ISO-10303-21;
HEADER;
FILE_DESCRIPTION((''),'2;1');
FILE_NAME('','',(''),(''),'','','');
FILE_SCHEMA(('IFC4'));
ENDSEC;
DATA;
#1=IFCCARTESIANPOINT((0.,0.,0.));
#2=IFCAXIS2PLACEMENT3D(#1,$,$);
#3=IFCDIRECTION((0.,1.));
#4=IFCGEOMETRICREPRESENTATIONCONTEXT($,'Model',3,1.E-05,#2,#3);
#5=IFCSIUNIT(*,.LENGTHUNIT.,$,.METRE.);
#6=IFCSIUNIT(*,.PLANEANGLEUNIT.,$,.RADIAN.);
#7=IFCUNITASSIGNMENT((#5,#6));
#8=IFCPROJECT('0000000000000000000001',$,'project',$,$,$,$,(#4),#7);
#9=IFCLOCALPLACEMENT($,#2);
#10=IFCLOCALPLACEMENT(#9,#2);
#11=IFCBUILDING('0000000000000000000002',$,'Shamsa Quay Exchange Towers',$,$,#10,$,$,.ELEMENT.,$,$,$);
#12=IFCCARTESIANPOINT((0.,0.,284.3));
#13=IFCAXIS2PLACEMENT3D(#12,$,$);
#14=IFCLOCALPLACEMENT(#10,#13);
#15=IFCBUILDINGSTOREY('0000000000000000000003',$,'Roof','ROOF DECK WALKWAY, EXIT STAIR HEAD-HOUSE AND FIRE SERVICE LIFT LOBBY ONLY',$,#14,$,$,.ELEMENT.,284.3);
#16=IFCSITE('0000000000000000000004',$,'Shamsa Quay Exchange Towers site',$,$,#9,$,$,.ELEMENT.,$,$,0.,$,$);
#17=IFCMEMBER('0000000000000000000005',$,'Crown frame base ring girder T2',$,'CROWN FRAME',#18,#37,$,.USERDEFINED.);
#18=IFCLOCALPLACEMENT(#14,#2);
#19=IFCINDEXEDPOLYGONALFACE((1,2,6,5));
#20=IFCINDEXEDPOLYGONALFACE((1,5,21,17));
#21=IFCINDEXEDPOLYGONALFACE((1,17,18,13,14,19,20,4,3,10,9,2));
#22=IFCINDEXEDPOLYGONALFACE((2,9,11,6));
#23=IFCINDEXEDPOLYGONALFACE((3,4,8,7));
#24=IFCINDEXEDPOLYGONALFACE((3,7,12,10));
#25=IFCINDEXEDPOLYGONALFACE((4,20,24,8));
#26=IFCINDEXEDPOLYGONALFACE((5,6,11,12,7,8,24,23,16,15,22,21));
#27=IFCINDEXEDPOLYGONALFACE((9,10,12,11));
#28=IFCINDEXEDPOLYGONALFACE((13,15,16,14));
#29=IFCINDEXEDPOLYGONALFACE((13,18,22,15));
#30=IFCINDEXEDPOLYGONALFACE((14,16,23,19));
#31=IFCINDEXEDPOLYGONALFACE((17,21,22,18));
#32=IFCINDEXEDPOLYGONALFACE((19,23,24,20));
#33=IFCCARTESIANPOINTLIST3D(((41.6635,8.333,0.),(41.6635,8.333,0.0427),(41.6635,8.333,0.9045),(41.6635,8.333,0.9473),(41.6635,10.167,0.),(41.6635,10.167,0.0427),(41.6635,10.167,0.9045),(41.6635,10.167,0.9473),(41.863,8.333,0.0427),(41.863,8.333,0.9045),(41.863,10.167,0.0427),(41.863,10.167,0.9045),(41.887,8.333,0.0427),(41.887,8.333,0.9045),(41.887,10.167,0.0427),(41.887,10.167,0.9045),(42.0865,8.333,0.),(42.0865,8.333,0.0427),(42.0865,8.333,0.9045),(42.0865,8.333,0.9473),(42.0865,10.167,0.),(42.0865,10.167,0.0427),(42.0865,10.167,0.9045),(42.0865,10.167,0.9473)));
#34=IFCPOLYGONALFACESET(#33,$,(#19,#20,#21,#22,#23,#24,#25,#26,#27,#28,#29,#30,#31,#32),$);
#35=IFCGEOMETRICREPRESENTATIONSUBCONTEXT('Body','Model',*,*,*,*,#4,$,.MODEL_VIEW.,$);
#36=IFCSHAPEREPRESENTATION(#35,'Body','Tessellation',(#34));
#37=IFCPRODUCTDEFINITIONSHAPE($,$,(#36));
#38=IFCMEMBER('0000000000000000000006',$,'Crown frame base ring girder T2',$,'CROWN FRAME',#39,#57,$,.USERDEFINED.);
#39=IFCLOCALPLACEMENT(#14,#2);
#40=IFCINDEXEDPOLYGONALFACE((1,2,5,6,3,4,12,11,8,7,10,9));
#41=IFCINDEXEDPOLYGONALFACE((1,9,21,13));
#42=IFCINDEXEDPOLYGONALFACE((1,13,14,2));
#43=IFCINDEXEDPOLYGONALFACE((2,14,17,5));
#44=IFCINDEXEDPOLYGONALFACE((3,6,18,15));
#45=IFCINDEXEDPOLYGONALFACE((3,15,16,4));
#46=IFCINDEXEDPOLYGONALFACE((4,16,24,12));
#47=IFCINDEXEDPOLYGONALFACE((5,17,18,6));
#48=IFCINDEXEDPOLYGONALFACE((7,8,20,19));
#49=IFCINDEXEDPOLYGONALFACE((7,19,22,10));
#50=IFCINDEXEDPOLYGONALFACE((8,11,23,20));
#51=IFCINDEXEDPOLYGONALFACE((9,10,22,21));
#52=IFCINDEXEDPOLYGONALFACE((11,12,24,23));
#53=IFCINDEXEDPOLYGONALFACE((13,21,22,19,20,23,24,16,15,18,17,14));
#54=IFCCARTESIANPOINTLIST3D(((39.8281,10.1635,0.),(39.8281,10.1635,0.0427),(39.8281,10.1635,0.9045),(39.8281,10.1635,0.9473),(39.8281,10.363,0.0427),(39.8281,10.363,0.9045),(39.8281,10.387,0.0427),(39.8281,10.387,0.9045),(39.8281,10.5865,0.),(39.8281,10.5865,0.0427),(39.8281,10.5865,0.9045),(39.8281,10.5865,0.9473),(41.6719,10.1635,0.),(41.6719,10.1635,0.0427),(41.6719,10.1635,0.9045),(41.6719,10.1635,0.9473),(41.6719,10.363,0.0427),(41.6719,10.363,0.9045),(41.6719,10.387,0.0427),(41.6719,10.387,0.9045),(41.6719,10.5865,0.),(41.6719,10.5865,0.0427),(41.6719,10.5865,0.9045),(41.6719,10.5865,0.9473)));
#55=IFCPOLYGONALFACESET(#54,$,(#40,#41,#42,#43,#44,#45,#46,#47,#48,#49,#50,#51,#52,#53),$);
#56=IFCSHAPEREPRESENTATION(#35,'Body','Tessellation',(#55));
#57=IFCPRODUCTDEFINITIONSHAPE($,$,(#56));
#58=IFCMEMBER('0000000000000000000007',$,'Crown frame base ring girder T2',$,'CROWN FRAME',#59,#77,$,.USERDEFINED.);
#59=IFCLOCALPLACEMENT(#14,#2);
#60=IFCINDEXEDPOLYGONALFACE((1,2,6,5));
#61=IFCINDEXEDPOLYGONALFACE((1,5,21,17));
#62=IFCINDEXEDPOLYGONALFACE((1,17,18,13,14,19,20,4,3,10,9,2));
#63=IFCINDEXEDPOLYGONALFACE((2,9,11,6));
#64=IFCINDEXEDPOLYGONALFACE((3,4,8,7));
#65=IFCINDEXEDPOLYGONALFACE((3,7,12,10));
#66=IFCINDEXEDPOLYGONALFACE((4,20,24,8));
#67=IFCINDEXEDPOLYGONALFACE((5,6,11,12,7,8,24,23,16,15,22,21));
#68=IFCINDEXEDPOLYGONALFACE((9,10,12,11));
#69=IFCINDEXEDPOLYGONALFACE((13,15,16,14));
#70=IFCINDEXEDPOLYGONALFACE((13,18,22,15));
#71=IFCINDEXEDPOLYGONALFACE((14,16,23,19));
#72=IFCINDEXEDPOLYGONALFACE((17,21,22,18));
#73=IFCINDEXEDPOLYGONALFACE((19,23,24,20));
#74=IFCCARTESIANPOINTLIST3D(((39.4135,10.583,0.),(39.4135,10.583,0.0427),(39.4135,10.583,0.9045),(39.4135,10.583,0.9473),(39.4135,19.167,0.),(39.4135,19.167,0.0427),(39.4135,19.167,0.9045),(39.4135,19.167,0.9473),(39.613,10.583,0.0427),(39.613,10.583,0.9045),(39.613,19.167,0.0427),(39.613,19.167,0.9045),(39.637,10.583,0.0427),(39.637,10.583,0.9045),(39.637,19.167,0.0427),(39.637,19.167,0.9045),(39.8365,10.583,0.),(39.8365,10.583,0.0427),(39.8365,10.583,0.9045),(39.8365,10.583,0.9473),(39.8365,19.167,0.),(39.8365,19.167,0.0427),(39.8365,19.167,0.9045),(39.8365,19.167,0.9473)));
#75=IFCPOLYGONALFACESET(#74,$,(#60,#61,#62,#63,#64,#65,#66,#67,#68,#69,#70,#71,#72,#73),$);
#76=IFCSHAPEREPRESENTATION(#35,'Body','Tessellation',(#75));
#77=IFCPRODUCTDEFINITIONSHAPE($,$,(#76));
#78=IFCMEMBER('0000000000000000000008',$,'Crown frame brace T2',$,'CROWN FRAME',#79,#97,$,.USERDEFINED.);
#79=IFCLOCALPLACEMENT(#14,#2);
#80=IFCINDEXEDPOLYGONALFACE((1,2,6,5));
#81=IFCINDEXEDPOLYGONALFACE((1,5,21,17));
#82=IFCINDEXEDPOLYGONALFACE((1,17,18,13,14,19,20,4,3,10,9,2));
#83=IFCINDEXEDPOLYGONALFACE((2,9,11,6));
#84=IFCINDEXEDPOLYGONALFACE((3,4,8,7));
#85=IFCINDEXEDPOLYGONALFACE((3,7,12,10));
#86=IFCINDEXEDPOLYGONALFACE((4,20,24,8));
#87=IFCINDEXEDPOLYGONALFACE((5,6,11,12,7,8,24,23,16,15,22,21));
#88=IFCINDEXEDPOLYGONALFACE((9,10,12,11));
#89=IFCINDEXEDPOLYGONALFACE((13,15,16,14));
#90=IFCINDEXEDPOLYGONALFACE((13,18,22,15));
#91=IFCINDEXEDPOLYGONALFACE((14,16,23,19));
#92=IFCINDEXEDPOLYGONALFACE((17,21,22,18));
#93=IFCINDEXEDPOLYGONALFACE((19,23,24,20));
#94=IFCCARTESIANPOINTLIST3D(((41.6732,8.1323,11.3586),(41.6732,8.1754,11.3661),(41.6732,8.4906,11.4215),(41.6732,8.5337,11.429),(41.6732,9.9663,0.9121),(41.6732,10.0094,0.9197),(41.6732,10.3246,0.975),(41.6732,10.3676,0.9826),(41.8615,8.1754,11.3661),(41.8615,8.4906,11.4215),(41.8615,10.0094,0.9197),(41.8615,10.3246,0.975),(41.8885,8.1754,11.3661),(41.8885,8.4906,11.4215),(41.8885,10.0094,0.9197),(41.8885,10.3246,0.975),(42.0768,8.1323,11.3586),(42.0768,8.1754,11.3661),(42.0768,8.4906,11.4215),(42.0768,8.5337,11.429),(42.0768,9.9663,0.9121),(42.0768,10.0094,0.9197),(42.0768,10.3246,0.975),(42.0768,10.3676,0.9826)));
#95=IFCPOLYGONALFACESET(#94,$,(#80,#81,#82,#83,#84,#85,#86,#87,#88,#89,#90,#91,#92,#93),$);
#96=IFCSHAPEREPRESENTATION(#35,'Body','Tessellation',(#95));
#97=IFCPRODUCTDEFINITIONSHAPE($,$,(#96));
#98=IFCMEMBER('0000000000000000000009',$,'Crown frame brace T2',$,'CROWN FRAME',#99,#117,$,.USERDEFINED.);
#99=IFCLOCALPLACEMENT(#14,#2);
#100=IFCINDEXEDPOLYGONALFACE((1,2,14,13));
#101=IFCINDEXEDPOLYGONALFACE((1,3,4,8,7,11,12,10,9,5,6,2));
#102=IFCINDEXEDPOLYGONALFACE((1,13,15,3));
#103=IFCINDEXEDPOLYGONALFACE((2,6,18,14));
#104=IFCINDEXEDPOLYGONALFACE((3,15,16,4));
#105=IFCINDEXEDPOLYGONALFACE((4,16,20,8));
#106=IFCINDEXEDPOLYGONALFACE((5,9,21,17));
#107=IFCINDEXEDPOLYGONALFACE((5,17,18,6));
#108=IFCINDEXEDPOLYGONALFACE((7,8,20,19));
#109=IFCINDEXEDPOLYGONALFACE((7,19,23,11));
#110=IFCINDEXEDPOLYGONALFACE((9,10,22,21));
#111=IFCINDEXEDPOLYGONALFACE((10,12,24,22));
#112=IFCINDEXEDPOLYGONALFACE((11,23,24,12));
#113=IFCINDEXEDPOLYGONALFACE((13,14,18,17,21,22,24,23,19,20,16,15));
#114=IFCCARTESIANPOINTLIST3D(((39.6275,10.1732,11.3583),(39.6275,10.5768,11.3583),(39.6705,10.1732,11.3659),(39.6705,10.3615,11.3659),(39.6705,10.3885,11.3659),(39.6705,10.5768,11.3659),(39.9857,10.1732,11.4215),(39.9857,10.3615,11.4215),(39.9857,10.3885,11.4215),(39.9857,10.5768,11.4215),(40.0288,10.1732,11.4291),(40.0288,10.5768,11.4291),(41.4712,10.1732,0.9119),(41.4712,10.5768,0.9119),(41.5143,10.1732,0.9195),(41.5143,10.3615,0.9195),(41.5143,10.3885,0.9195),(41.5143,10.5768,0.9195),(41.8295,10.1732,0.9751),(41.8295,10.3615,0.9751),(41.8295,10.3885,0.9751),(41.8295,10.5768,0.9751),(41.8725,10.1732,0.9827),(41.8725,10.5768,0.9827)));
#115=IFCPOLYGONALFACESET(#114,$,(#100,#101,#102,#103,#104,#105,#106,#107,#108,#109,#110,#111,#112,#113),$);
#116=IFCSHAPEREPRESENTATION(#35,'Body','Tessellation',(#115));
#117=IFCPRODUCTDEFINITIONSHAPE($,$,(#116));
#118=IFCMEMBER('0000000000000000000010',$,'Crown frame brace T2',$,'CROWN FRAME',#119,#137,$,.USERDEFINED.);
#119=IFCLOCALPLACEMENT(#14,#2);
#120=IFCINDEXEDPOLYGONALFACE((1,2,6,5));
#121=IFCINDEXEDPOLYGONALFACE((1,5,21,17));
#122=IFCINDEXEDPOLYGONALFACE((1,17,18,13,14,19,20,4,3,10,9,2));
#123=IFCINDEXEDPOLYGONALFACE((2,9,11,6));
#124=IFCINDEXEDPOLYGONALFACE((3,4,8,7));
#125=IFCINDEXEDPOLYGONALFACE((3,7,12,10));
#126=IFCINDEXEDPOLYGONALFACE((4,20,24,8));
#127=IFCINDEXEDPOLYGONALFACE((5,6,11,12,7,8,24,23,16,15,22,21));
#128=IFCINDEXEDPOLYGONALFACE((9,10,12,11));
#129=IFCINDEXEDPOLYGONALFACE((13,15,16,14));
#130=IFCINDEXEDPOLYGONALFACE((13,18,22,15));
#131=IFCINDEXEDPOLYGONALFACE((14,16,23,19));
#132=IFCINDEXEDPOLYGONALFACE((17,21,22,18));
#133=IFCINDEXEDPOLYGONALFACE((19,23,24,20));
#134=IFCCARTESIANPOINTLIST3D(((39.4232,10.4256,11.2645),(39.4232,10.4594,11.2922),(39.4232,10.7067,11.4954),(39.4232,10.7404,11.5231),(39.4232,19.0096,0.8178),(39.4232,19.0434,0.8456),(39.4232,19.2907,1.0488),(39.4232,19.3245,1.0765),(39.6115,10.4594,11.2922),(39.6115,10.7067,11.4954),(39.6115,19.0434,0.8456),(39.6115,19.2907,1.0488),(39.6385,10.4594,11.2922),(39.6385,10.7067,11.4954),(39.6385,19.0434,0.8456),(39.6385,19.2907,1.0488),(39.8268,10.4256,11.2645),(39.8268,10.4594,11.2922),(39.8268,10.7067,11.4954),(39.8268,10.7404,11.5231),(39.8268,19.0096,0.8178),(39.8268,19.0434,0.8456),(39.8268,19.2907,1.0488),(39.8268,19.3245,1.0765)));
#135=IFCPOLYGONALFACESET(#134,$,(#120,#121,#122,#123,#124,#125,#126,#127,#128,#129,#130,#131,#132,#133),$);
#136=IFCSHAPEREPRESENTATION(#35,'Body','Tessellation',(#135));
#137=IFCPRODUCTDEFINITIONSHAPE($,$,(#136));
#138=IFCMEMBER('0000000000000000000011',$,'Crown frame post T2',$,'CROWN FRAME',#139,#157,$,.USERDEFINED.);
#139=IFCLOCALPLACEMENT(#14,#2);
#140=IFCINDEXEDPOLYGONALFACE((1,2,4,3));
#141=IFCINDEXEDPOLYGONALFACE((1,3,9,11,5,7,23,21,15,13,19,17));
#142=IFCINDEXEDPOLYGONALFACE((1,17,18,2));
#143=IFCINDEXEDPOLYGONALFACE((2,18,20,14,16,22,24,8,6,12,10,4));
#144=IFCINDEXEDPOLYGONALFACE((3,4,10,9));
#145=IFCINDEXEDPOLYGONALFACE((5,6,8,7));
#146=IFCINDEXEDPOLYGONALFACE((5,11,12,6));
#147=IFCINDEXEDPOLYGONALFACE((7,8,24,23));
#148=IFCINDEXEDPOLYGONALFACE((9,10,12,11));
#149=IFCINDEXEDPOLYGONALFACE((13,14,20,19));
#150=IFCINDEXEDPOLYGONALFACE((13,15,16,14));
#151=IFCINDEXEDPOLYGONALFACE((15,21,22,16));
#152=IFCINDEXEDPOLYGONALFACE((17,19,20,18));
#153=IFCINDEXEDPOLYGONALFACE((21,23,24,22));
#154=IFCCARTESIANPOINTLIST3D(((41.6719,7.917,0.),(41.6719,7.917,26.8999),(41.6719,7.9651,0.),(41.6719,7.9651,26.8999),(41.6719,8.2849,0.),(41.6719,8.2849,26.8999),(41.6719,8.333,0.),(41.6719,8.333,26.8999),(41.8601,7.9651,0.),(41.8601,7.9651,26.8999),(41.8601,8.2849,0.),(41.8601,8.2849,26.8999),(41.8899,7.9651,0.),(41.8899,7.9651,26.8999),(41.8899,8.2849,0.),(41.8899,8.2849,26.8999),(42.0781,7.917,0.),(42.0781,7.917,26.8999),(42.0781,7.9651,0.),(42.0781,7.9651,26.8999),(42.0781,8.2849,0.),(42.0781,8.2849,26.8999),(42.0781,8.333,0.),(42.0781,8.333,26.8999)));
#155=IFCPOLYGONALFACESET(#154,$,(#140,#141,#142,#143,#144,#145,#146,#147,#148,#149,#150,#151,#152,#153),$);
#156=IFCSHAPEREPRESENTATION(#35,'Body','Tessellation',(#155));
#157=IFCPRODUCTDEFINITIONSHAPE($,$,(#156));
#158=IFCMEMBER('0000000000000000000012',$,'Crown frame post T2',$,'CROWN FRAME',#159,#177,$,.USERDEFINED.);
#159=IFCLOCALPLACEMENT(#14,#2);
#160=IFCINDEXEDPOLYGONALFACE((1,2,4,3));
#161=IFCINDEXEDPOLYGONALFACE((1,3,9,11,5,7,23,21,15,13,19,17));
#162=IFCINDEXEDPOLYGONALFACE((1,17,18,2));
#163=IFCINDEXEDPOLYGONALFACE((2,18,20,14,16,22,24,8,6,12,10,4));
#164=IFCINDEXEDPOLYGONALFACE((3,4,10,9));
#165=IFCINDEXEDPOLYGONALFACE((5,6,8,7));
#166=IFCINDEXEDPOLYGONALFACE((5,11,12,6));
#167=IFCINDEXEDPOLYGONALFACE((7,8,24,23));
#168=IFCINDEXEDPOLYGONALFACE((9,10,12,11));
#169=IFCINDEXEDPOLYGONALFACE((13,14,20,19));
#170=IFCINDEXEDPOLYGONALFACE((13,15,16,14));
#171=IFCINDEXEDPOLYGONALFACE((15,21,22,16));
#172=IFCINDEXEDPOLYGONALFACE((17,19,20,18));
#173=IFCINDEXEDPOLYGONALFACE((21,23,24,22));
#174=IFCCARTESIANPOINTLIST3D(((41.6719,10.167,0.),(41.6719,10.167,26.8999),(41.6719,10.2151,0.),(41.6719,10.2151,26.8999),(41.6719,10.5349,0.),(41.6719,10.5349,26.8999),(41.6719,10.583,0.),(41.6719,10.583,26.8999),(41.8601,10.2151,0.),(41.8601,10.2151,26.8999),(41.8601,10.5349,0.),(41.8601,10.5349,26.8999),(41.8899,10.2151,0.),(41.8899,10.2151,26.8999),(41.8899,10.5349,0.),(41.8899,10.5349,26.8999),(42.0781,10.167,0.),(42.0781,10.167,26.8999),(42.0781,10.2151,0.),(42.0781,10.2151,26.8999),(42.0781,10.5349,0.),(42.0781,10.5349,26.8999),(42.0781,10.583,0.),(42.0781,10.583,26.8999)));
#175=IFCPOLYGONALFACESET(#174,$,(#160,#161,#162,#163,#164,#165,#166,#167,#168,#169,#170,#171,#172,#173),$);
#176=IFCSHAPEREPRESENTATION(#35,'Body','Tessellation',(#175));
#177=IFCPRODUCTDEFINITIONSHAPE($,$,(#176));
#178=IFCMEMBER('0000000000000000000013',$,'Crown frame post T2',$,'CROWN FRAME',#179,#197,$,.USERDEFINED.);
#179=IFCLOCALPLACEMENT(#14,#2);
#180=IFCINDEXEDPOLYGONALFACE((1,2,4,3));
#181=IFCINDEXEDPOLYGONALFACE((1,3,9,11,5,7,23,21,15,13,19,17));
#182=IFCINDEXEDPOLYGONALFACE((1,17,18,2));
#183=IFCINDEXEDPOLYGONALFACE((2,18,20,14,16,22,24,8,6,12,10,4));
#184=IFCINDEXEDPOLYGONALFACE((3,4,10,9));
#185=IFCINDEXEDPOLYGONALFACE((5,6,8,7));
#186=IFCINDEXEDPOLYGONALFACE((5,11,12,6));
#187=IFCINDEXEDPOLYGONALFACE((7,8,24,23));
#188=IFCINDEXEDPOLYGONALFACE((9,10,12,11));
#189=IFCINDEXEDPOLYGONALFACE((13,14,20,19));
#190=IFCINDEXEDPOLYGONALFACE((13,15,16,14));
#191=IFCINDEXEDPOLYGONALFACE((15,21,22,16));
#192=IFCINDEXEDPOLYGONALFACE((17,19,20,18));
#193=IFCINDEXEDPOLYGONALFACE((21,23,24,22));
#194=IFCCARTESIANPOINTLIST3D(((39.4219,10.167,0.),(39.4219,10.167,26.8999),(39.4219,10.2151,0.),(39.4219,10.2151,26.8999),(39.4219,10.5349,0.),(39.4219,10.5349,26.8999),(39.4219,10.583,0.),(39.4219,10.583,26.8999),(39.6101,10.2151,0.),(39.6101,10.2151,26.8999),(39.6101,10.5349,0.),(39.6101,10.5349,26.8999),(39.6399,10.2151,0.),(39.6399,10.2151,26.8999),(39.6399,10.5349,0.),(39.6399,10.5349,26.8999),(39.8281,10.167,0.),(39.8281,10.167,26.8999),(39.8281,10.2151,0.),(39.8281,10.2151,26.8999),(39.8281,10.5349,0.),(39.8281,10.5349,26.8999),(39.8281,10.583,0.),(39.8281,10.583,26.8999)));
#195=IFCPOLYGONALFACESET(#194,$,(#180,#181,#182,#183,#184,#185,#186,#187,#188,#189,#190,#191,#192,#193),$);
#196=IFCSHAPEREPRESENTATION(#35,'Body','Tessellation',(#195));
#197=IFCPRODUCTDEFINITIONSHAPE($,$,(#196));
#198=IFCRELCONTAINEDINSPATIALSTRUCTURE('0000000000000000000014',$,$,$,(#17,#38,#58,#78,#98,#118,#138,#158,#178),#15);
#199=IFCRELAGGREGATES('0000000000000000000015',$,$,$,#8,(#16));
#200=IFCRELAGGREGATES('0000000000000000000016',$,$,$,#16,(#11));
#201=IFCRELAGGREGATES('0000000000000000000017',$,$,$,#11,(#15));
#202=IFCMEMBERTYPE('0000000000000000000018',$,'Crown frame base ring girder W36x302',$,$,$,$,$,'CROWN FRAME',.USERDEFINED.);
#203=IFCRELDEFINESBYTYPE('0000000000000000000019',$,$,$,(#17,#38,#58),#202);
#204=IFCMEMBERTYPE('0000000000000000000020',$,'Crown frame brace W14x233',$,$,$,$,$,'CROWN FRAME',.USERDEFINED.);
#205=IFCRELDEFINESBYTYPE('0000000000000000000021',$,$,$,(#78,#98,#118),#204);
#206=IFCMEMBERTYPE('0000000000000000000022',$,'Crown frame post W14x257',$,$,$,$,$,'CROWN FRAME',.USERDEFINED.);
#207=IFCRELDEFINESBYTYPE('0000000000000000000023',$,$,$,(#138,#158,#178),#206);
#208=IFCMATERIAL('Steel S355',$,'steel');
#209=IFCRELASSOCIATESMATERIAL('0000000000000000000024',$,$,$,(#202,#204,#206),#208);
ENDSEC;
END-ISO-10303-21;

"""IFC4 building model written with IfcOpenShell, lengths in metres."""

from ifc_helpers import new_model, si_unit, direction, frame, origin, origin_2d, place, context, subcontext, project, spatial, i_section, extrude, material, material_profile, profile_set, type_object, element, save


model = new_model("IFC4")

# Units and contexts
model_context = context("Model", 3, precision=1e-05, world=origin(), true_north=direction((0.0, 1.0)))
body_context = subcontext(model_context, "Body", "Model", "MODEL_VIEW")
ifc_project = project(units=[si_unit("LENGTHUNIT", "METRE"), si_unit("PLANEANGLEUNIT", "RADIAN")], contexts=[model_context])

# Site, building, storey
site_placement = place(None, origin())
site = spatial("IfcSite", under=ifc_project, at=site_placement, Name="Shamsa Quay Exchange Towers site", CompositionType="ELEMENT", RefElevation=0.0)
building_placement = place(site_placement, origin())
building = spatial("IfcBuilding", under=site, at=building_placement, Name="Shamsa Quay Exchange Towers", CompositionType="ELEMENT")
storey_placement = place(building_placement, frame((0.0, 0.0, 284.3)))
storey = spatial("IfcBuildingStorey", under=building, at=storey_placement, Name="Roof", Description="ROOF DECK WALKWAY, EXIT STAIR HEAD-HOUSE AND FIRE SERVICE LIFT LOBBY ONLY", CompositionType="ELEMENT", Elevation=284.3)

# Members
ifc_material_1 = material(Name="Steel S355", Category="steel")
ifc_material_profile_1 = material_profile(ifc_material_1, i_section(OverallWidth=0.4231, OverallDepth=0.9473, WebThickness=0.0239, FlangeThickness=0.0427, at=origin_2d()), Name="W36x302")
ifc_profile_set_1 = profile_set([ifc_material_profile_1], Name="Steel S355")
member_type_1 = type_object("IfcMemberType", Name="Crown frame base ring girder W36x302", ElementType="CROWN FRAME", PredefinedType="USERDEFINED", material=ifc_profile_set_1)
member_1_placement = place(storey_placement, frame((41.875, 8.333, 0.4736), z_axis=(0.0, 1.0, 0.0), x_axis=(-1.0, 0.0, 0.0)))
element("IfcMember", 1, at=member_1_placement, inside=storey, type_object=member_type_1, Name="Crown frame base ring girder T2", ObjectType="CROWN FRAME", PredefinedType="USERDEFINED", context=body_context, shape_type="SweptSolid", body=[
    extrude(i_section(OverallWidth=0.4231, OverallDepth=0.9473, WebThickness=0.0239, FlangeThickness=0.0427, at=origin_2d()), origin(), (0.0, 0.0, 1.0), 1.834),
])
member_2_placement = place(storey_placement, frame((41.6719, 10.375, 0.4736), z_axis=(-1.0, 0.0, 0.0), x_axis=(0.0, -1.0, 0.0)))
element("IfcMember", 2, at=member_2_placement, inside=storey, type_object=member_type_1, Name="Crown frame base ring girder T2", ObjectType="CROWN FRAME", PredefinedType="USERDEFINED", context=body_context, shape_type="SweptSolid", body=[
    extrude(i_section(OverallWidth=0.4231, OverallDepth=0.9473, WebThickness=0.0239, FlangeThickness=0.0427, at=origin_2d()), origin(), (0.0, 0.0, 1.0), 1.8438),
])
member_3_placement = place(storey_placement, frame((39.625, 10.583, 0.4736), z_axis=(0.0, 1.0, 0.0), x_axis=(-1.0, 0.0, 0.0)))
element("IfcMember", 3, at=member_3_placement, inside=storey, type_object=member_type_1, Name="Crown frame base ring girder T2", ObjectType="CROWN FRAME", PredefinedType="USERDEFINED", context=body_context, shape_type="SweptSolid", body=[
    extrude(i_section(OverallWidth=0.4231, OverallDepth=0.9473, WebThickness=0.0239, FlangeThickness=0.0427, at=origin_2d()), origin(), (0.0, 0.0, 1.0), 8.584),
])
ifc_material_profile_2 = material_profile(ifc_material_1, i_section(OverallWidth=0.4036, OverallDepth=0.4075, WebThickness=0.0271, FlangeThickness=0.0437, at=origin_2d()), Name="W14x233")
ifc_profile_set_2 = profile_set([ifc_material_profile_2], Name="Steel S355")
member_type_2 = type_object("IfcMemberType", Name="Crown frame brace W14x233", ElementType="CROWN FRAME", PredefinedType="USERDEFINED", material=ifc_profile_set_2)
member_4_placement = place(storey_placement, frame((41.875, 8.333, 11.3938), z_axis=(0.0, 0.172915, -0.984937), x_axis=(-1.0, 0.0, 0.0)))
element("IfcMember", 4, at=member_4_placement, inside=storey, type_object=member_type_2, Name="Crown frame brace T2", ObjectType="CROWN FRAME", PredefinedType="USERDEFINED", context=body_context, shape_type="SweptSolid", body=[
    extrude(i_section(OverallWidth=0.4036, OverallDepth=0.4075, WebThickness=0.0271, FlangeThickness=0.0437, at=origin_2d()), origin(), (0.0, 0.0, 1.0), 10.6062),
])
member_5_placement = place(storey_placement, frame((41.6719, 10.375, 0.9473), z_axis=(-0.173808, 0.0, 0.98478), x_axis=(0.0, -1.0, 0.0)))
element("IfcMember", 5, at=member_5_placement, inside=storey, type_object=member_type_2, Name="Crown frame brace T2", ObjectType="CROWN FRAME", PredefinedType="USERDEFINED", context=body_context, shape_type="SweptSolid", body=[
    extrude(i_section(OverallWidth=0.4036, OverallDepth=0.4075, WebThickness=0.0271, FlangeThickness=0.0437, at=origin_2d()), origin(), (0.0, 0.0, 1.0), 10.6079),
])
member_6_placement = place(storey_placement, frame((39.625, 10.583, 11.3938), z_axis=(0.0, 0.634868, -0.772621), x_axis=(-1.0, 0.0, 0.0)))
element("IfcMember", 6, at=member_6_placement, inside=storey, type_object=member_type_2, Name="Crown frame brace T2", ObjectType="CROWN FRAME", PredefinedType="USERDEFINED", context=body_context, shape_type="SweptSolid", body=[
    extrude(i_section(OverallWidth=0.4036, OverallDepth=0.4075, WebThickness=0.0271, FlangeThickness=0.0437, at=origin_2d()), origin(), (0.0, 0.0, 1.0), 13.521),
])
ifc_material_profile_3 = material_profile(ifc_material_1, i_section(OverallWidth=0.4062, OverallDepth=0.416, WebThickness=0.0298, FlangeThickness=0.0481, at=origin_2d()), Name="W14x257")
ifc_profile_set_3 = profile_set([ifc_material_profile_3], Name="Steel S355")
member_type_3 = type_object("IfcMemberType", Name="Crown frame post W14x257", ElementType="CROWN FRAME", PredefinedType="USERDEFINED", material=ifc_profile_set_3)
for number, where, name in (
    (7, (41.875, 8.125, 0.0), "Crown frame post T2"),
    (8, (41.875, 10.375, 0.0), "Crown frame post T2"),
    (9, (39.625, 10.375, 0.0), "Crown frame post T2"),
):
    element("IfcMember", number, at=place(storey_placement, frame(where)), inside=storey, type_object=member_type_3, Name=name, ObjectType="CROWN FRAME", PredefinedType="USERDEFINED", context=body_context, shape_type="SweptSolid", body=[
        extrude(i_section(OverallWidth=0.4062, OverallDepth=0.416, WebThickness=0.0298, FlangeThickness=0.0481, at=origin_2d()), origin(), (0.0, 0.0, 1.0), 26.8999),
    ])

save(model, "model.ifc")
